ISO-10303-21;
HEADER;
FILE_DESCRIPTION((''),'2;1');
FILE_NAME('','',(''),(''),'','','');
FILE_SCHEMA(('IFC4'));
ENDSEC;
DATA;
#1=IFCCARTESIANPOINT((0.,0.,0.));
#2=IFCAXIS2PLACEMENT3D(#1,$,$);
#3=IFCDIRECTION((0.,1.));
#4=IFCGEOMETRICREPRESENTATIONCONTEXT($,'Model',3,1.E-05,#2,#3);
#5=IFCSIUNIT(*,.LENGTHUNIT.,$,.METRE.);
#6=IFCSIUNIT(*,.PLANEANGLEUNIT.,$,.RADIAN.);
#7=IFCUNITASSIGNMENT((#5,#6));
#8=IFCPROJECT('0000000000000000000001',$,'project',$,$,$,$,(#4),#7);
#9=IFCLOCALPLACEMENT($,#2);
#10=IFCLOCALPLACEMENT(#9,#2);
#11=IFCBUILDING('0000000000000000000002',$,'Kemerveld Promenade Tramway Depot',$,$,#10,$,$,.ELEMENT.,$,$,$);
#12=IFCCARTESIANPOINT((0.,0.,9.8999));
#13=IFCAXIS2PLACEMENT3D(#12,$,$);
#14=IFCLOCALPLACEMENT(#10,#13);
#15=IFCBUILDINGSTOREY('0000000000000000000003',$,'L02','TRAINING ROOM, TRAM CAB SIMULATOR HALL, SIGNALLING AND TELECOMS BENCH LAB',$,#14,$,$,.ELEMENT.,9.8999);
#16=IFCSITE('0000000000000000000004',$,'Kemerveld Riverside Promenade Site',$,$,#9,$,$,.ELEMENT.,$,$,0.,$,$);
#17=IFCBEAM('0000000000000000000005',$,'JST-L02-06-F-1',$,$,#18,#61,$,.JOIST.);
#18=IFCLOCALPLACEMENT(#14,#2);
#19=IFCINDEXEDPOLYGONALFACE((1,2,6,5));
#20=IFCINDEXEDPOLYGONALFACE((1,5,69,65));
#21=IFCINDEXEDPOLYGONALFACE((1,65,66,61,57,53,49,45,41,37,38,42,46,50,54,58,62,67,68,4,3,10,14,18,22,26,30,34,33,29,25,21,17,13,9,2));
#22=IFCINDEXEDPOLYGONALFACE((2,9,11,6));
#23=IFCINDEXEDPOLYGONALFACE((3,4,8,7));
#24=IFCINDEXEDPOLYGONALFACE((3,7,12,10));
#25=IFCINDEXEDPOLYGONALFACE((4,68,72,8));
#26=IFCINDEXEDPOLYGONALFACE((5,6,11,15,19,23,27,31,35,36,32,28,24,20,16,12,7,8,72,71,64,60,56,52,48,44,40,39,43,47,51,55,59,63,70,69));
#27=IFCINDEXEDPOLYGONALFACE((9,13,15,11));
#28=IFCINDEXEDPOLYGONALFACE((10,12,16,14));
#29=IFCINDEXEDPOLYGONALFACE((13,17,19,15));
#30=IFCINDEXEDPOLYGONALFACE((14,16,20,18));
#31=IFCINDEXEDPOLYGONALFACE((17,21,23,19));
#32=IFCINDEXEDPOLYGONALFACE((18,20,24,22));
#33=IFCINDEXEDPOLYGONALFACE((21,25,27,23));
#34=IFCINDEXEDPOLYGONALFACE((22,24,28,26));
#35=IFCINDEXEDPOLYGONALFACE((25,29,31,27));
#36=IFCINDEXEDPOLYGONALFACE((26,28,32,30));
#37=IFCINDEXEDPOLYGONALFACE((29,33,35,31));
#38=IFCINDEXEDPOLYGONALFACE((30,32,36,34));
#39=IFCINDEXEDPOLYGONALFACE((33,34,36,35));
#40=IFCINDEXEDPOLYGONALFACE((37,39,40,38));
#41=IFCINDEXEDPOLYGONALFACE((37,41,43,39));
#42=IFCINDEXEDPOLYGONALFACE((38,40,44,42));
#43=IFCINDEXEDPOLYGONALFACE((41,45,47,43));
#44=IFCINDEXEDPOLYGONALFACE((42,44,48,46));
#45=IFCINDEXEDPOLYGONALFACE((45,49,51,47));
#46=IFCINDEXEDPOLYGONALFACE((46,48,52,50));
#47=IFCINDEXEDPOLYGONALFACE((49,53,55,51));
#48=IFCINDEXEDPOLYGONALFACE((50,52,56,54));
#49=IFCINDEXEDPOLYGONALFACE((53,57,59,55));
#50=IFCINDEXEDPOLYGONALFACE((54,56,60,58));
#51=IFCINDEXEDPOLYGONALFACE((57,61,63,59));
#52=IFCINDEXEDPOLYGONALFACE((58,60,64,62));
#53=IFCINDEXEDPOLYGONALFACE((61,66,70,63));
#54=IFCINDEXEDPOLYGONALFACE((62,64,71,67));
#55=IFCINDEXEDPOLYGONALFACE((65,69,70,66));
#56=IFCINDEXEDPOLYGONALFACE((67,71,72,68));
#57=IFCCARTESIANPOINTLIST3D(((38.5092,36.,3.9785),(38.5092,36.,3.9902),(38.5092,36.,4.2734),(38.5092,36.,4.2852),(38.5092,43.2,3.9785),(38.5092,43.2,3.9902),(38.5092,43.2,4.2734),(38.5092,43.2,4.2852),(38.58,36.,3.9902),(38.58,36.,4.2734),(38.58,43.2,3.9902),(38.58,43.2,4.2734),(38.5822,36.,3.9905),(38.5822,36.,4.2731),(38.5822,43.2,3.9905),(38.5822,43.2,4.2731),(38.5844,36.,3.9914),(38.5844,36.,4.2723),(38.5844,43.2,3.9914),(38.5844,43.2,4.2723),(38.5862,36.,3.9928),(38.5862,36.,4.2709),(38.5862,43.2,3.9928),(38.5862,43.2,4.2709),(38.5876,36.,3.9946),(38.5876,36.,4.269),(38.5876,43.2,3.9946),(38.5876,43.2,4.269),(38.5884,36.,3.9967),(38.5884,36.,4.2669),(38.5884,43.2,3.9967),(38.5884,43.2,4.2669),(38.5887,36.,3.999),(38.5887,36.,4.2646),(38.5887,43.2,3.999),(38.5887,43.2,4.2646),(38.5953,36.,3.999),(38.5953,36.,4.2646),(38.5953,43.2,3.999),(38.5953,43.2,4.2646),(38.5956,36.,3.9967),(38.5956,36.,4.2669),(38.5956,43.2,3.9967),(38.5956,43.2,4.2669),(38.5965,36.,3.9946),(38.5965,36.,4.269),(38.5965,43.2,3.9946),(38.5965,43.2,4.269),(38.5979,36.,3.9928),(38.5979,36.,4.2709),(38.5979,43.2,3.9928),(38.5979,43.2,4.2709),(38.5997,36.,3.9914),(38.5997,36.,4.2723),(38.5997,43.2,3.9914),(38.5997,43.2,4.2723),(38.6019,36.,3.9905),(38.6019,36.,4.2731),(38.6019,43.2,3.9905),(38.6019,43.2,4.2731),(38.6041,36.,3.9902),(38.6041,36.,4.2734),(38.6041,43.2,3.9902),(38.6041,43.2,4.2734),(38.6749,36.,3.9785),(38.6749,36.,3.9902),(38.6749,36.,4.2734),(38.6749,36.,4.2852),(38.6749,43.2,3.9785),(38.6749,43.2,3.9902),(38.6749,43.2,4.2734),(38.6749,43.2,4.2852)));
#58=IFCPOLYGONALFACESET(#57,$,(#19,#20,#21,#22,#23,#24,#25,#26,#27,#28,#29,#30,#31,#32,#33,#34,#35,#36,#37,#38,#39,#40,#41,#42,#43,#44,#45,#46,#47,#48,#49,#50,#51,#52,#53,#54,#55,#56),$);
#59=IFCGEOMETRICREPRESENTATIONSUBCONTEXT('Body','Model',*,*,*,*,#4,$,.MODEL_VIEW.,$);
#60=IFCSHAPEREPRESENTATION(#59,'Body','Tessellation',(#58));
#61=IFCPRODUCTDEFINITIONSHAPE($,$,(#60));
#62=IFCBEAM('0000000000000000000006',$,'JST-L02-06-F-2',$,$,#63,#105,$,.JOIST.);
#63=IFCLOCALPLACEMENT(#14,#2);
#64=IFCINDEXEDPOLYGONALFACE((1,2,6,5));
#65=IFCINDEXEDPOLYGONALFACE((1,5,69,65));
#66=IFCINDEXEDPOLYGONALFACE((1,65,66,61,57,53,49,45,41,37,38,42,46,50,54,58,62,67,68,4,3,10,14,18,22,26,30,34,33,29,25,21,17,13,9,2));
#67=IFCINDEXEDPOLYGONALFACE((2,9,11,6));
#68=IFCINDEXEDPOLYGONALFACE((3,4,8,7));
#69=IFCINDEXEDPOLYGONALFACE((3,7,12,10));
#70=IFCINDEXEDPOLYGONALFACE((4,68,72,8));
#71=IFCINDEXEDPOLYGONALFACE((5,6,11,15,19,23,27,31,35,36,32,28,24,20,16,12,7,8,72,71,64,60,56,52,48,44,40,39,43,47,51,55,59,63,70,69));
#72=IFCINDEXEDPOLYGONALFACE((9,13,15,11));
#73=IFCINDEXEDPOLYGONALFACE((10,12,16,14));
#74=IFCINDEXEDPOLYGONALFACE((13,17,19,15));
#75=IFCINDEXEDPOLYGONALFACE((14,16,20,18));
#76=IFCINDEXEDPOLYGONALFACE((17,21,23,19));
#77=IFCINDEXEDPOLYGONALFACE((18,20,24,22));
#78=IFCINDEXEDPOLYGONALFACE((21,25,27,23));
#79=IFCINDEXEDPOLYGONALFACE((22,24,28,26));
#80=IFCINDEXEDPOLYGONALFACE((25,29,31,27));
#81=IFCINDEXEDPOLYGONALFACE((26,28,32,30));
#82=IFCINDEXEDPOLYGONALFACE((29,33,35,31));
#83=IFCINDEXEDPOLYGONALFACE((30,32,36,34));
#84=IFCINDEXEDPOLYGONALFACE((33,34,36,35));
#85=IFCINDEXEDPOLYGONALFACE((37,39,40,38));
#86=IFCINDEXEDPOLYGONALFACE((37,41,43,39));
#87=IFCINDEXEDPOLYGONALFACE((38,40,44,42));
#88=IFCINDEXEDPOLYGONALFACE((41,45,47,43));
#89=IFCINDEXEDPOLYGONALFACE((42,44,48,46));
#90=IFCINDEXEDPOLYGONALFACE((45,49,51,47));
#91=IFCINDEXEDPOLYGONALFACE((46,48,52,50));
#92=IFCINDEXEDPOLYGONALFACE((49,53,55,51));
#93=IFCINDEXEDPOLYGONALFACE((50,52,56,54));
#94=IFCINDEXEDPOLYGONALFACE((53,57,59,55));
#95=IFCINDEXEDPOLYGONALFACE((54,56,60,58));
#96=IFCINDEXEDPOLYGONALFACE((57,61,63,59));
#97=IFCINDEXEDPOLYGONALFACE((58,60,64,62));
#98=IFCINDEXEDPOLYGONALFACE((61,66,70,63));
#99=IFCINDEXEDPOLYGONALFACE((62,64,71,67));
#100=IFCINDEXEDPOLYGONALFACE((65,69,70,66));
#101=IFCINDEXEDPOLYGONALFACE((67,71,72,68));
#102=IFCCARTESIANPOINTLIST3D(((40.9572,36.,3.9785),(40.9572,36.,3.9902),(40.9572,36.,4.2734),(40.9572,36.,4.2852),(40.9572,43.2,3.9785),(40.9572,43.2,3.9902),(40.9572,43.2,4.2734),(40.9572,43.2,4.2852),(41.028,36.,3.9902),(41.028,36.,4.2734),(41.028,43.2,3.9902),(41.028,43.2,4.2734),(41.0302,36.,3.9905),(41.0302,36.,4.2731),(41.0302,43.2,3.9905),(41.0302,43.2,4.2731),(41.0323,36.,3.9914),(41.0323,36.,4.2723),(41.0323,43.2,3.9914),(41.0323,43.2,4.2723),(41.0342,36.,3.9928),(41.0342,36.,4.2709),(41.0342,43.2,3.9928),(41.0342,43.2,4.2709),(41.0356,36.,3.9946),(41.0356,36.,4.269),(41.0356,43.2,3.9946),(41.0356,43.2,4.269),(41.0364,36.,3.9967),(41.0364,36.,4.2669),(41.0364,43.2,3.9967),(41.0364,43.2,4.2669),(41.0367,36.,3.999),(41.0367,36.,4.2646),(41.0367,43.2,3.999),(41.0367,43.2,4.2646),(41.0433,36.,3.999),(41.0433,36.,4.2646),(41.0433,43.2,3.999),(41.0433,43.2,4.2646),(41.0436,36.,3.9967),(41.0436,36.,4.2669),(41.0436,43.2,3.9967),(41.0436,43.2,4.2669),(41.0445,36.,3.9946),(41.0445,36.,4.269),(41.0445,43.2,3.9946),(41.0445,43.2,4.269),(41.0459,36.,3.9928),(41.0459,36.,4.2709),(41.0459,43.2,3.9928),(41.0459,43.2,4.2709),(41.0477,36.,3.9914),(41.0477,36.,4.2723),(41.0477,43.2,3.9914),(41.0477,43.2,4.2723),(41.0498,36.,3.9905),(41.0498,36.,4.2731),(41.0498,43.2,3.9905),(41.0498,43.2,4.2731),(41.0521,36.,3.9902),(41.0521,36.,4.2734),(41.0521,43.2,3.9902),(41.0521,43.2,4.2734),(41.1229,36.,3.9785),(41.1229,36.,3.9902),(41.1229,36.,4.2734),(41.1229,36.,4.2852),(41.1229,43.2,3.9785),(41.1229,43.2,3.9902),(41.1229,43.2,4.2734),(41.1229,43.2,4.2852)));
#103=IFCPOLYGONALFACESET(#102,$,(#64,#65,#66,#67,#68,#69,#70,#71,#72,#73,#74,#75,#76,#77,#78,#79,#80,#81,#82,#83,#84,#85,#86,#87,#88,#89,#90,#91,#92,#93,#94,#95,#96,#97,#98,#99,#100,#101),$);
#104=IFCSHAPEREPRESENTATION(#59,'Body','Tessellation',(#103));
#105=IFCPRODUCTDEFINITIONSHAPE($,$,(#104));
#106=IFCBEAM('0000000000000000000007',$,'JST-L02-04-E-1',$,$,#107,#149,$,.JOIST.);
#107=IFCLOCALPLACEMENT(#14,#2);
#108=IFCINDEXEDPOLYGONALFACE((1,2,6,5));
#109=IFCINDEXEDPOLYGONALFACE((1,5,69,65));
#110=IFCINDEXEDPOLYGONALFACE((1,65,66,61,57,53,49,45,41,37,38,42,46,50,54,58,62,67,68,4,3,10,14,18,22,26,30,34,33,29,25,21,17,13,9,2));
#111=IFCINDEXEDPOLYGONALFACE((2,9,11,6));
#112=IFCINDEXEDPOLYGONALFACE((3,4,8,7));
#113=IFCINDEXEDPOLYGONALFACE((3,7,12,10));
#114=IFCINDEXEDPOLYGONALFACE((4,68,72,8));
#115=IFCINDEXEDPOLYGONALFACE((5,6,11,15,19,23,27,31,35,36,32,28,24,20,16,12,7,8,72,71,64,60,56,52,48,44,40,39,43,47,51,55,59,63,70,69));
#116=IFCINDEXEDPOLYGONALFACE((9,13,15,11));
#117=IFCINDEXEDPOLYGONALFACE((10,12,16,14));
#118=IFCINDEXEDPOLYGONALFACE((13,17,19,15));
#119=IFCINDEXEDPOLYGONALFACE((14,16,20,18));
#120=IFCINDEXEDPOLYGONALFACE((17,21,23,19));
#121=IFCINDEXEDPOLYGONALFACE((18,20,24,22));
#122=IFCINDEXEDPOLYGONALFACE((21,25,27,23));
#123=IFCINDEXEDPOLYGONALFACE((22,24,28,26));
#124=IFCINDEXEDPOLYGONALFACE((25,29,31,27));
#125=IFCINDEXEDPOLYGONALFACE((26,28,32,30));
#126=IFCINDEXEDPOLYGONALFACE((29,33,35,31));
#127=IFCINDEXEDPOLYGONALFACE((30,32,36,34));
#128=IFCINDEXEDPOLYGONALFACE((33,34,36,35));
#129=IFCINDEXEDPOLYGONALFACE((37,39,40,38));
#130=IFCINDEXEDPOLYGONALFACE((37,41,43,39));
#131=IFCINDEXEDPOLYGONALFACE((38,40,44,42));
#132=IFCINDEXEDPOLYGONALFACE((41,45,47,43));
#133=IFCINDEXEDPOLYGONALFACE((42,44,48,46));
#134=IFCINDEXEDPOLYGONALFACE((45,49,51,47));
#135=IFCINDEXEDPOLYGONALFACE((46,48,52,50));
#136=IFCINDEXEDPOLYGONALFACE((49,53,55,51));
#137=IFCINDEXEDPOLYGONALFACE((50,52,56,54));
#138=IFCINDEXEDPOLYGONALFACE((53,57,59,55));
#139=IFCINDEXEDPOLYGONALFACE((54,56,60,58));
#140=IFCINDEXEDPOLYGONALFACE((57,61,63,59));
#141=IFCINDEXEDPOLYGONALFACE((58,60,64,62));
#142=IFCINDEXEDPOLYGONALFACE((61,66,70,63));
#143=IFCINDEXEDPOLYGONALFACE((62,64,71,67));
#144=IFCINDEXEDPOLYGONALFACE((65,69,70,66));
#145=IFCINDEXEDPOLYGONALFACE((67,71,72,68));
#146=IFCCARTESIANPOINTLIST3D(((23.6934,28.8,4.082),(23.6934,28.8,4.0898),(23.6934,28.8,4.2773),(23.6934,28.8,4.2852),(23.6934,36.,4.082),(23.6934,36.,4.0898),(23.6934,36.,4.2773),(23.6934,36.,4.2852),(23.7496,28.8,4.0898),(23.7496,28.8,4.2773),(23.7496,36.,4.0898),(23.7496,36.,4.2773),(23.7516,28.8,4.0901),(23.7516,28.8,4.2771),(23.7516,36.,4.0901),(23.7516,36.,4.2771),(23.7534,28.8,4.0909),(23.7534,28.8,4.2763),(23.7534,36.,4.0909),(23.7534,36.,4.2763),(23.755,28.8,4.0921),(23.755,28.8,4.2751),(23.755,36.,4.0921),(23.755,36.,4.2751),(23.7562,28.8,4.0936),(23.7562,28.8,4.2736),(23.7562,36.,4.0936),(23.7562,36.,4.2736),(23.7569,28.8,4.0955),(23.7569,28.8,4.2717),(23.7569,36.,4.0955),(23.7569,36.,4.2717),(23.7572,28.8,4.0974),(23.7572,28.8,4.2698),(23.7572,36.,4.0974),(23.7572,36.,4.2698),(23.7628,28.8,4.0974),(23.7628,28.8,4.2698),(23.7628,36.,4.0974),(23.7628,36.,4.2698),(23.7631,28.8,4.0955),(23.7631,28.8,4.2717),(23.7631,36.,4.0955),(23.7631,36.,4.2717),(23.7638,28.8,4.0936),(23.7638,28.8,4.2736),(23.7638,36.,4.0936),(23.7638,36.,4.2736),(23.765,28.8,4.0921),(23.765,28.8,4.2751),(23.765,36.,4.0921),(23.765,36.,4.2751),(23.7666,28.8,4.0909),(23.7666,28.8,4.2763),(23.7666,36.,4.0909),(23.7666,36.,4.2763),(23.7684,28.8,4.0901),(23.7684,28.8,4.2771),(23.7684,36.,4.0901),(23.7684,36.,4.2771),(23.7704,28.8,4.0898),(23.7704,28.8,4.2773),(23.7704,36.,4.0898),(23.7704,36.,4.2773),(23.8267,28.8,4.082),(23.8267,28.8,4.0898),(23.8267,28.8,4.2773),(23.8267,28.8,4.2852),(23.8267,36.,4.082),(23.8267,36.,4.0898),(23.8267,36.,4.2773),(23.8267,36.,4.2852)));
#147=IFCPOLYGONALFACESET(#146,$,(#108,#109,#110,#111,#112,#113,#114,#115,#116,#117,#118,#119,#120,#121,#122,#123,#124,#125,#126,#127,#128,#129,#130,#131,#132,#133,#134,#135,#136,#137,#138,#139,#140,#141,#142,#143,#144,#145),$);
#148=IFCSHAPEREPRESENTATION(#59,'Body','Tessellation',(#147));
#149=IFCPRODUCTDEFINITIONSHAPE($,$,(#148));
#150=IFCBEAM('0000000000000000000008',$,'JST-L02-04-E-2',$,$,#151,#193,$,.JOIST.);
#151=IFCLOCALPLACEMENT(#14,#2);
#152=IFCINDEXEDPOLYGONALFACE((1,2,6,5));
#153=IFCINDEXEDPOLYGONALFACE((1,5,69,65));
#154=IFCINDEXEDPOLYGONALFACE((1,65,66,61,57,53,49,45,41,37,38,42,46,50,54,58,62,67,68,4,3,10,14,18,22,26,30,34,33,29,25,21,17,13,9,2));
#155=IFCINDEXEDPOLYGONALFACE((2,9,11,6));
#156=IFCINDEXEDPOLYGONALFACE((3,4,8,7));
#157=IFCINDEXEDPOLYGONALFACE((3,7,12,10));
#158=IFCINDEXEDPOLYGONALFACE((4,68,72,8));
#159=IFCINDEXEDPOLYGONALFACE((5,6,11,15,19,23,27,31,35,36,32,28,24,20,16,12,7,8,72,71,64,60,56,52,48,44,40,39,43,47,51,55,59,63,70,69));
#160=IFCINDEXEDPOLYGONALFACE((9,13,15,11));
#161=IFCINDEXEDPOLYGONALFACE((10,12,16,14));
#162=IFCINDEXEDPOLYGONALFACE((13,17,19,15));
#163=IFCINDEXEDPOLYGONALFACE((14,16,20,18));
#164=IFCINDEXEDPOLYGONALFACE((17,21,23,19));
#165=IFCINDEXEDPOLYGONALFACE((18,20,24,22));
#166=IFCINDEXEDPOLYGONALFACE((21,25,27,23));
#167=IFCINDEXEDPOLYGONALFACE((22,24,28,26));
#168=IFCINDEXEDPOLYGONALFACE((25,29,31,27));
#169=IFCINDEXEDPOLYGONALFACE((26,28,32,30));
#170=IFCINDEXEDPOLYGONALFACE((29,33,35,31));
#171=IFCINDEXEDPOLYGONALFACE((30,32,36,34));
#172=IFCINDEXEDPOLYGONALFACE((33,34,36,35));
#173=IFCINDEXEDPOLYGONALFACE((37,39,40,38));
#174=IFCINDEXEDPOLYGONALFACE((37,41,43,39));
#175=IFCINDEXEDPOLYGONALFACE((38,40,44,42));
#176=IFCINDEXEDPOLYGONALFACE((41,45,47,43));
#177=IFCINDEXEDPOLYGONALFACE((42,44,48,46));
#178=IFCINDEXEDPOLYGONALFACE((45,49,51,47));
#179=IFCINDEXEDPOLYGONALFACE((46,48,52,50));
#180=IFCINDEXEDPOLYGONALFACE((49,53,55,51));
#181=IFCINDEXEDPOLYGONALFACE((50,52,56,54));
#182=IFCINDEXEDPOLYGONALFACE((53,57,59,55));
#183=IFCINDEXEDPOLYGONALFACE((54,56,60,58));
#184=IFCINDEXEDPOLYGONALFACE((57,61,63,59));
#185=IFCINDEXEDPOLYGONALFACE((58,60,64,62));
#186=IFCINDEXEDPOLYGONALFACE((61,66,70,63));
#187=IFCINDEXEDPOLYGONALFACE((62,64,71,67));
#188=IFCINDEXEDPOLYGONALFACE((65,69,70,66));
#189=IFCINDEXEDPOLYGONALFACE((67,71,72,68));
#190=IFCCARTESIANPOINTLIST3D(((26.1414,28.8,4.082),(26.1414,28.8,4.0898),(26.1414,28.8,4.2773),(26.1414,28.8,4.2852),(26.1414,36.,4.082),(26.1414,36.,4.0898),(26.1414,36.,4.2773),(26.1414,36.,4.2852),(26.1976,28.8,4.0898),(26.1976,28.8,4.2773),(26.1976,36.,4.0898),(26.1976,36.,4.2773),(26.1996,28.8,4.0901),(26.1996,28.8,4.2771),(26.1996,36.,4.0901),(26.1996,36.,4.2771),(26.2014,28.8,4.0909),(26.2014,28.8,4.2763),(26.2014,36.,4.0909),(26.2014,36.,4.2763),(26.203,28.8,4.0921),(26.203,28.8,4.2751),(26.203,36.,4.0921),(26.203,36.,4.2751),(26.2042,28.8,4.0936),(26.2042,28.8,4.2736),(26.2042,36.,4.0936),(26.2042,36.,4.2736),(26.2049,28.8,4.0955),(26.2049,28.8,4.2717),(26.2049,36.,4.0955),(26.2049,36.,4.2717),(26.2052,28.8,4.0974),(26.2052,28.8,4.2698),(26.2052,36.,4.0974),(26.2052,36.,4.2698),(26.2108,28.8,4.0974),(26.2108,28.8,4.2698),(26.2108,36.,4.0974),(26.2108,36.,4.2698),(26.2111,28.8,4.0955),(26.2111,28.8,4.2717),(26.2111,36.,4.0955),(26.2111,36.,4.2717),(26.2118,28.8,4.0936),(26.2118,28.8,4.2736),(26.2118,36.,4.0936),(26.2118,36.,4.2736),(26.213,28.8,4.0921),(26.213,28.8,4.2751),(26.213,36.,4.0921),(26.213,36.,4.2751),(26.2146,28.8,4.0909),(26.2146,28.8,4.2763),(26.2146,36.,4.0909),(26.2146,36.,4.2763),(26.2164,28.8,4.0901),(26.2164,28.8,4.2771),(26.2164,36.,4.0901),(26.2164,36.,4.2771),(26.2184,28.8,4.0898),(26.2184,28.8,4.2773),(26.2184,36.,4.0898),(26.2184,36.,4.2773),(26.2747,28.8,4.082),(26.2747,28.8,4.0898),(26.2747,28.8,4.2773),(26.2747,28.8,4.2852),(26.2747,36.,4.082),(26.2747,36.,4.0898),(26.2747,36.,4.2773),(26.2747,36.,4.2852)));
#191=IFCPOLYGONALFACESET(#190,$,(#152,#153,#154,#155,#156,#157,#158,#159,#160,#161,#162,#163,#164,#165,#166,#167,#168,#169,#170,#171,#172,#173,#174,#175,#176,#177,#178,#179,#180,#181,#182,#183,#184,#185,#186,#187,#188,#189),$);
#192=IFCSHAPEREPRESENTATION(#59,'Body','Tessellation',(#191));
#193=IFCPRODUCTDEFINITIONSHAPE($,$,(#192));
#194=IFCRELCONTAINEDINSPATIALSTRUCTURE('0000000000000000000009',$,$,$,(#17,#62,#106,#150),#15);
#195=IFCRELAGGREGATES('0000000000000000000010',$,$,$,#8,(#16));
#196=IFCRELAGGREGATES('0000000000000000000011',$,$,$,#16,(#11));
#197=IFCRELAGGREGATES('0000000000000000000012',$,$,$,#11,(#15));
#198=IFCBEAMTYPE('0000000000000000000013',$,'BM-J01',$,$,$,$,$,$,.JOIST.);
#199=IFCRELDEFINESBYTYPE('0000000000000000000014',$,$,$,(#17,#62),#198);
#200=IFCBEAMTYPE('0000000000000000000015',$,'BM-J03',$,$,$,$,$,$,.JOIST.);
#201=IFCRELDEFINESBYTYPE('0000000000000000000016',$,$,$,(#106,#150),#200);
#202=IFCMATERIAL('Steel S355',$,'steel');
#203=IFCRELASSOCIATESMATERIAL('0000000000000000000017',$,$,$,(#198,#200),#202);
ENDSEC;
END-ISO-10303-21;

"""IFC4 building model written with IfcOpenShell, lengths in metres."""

from ifc_helpers import new_model, si_unit, direction, frame, origin, origin_2d, place, context, subcontext, project, spatial, i_section, extrude, material, material_profile, profile_set, type_object, element, save


model = new_model("IFC4")

# Units and contexts
model_context = context("Model", 3, precision=1e-05, world=origin(), true_north=direction((0.0, 1.0)))
body_context = subcontext(model_context, "Body", "Model", "MODEL_VIEW")
ifc_project = project(units=[si_unit("LENGTHUNIT", "METRE"), si_unit("PLANEANGLEUNIT", "RADIAN")], contexts=[model_context])

# Site, building, storey
site_placement = place(None, origin())
site = spatial("IfcSite", under=ifc_project, at=site_placement, Name="Kemerveld Riverside Promenade Site", CompositionType="ELEMENT", RefElevation=0.0)
building_placement = place(site_placement, origin())
building = spatial("IfcBuilding", under=site, at=building_placement, Name="Kemerveld Promenade Tramway Depot", CompositionType="ELEMENT")
storey_placement = place(building_placement, frame((0.0, 0.0, 9.8999)))
storey = spatial("IfcBuildingStorey", under=building, at=storey_placement, Name="L02", Description="TRAINING ROOM, TRAM CAB SIMULATOR HALL, SIGNALLING AND TELECOMS BENCH LAB", CompositionType="ELEMENT", Elevation=9.8999)

# Shared definitions
ifc_material = material(Name="Steel S355", Category="steel")

# Beams
ifc_material_profile_1 = material_profile(ifc_material, i_section(OverallWidth=0.1658, OverallDepth=0.3066, WebThickness=0.0066, FlangeThickness=0.0117, FilletRadius=0.0088, at=origin_2d()), Name="305x165x46 UB")
ifc_profile_set_1 = profile_set([ifc_material_profile_1], Name="Steel S355")
beam_type_1 = type_object("IfcBeamType", Name="BM-J01", PredefinedType="JOIST", material=ifc_profile_set_1)
for number, where, z_axis, x_axis, name in (
    (1, (38.592, 36.0, 4.1318), (0.0, 1.0, 0.0), (-1.0, 0.0, 0.0), "JST-L02-06-F-1"),
    (2, (41.04, 36.0, 4.1318), (0.0, 1.0, 0.0), (-1.0, 0.0, 0.0), "JST-L02-06-F-2"),
):
    element("IfcBeam", number, at=place(storey_placement, frame(where, z_axis=z_axis, x_axis=x_axis)), inside=storey, type_object=beam_type_1, Name=name, PredefinedType="JOIST", context=body_context, shape_type="SweptSolid", body=[
        extrude(i_section(OverallWidth=0.1658, OverallDepth=0.3066, WebThickness=0.0066, FlangeThickness=0.0117, FilletRadius=0.0088, at=origin_2d()), origin(), (0.0, 0.0, 1.0), 7.2),
    ])
ifc_material_profile_2 = material_profile(ifc_material, i_section(OverallWidth=0.1333, OverallDepth=0.2031, WebThickness=0.0056, FlangeThickness=0.0078, FilletRadius=0.0076, at=origin_2d()), Name="203x133x25 UB")
ifc_profile_set_2 = profile_set([ifc_material_profile_2], Name="Steel S355")
beam_type_2 = type_object("IfcBeamType", Name="BM-J03", PredefinedType="JOIST", material=ifc_profile_set_2)
for number, where, z_axis, x_axis, name in (
    (3, (23.76, 28.8, 4.1836), (0.0, 1.0, 0.0), (-1.0, 0.0, 0.0), "JST-L02-04-E-1"),
    (4, (26.208, 28.8, 4.1836), (0.0, 1.0, 0.0), (-1.0, 0.0, 0.0), "JST-L02-04-E-2"),
):
    element("IfcBeam", number, at=place(storey_placement, frame(where, z_axis=z_axis, x_axis=x_axis)), inside=storey, type_object=beam_type_2, Name=name, PredefinedType="JOIST", context=body_context, shape_type="SweptSolid", body=[
        extrude(i_section(OverallWidth=0.1333, OverallDepth=0.2031, WebThickness=0.0056, FlangeThickness=0.0078, FilletRadius=0.0076, at=origin_2d()), origin(), (0.0, 0.0, 1.0), 7.2),
    ])

save(model, "model.ifc")
